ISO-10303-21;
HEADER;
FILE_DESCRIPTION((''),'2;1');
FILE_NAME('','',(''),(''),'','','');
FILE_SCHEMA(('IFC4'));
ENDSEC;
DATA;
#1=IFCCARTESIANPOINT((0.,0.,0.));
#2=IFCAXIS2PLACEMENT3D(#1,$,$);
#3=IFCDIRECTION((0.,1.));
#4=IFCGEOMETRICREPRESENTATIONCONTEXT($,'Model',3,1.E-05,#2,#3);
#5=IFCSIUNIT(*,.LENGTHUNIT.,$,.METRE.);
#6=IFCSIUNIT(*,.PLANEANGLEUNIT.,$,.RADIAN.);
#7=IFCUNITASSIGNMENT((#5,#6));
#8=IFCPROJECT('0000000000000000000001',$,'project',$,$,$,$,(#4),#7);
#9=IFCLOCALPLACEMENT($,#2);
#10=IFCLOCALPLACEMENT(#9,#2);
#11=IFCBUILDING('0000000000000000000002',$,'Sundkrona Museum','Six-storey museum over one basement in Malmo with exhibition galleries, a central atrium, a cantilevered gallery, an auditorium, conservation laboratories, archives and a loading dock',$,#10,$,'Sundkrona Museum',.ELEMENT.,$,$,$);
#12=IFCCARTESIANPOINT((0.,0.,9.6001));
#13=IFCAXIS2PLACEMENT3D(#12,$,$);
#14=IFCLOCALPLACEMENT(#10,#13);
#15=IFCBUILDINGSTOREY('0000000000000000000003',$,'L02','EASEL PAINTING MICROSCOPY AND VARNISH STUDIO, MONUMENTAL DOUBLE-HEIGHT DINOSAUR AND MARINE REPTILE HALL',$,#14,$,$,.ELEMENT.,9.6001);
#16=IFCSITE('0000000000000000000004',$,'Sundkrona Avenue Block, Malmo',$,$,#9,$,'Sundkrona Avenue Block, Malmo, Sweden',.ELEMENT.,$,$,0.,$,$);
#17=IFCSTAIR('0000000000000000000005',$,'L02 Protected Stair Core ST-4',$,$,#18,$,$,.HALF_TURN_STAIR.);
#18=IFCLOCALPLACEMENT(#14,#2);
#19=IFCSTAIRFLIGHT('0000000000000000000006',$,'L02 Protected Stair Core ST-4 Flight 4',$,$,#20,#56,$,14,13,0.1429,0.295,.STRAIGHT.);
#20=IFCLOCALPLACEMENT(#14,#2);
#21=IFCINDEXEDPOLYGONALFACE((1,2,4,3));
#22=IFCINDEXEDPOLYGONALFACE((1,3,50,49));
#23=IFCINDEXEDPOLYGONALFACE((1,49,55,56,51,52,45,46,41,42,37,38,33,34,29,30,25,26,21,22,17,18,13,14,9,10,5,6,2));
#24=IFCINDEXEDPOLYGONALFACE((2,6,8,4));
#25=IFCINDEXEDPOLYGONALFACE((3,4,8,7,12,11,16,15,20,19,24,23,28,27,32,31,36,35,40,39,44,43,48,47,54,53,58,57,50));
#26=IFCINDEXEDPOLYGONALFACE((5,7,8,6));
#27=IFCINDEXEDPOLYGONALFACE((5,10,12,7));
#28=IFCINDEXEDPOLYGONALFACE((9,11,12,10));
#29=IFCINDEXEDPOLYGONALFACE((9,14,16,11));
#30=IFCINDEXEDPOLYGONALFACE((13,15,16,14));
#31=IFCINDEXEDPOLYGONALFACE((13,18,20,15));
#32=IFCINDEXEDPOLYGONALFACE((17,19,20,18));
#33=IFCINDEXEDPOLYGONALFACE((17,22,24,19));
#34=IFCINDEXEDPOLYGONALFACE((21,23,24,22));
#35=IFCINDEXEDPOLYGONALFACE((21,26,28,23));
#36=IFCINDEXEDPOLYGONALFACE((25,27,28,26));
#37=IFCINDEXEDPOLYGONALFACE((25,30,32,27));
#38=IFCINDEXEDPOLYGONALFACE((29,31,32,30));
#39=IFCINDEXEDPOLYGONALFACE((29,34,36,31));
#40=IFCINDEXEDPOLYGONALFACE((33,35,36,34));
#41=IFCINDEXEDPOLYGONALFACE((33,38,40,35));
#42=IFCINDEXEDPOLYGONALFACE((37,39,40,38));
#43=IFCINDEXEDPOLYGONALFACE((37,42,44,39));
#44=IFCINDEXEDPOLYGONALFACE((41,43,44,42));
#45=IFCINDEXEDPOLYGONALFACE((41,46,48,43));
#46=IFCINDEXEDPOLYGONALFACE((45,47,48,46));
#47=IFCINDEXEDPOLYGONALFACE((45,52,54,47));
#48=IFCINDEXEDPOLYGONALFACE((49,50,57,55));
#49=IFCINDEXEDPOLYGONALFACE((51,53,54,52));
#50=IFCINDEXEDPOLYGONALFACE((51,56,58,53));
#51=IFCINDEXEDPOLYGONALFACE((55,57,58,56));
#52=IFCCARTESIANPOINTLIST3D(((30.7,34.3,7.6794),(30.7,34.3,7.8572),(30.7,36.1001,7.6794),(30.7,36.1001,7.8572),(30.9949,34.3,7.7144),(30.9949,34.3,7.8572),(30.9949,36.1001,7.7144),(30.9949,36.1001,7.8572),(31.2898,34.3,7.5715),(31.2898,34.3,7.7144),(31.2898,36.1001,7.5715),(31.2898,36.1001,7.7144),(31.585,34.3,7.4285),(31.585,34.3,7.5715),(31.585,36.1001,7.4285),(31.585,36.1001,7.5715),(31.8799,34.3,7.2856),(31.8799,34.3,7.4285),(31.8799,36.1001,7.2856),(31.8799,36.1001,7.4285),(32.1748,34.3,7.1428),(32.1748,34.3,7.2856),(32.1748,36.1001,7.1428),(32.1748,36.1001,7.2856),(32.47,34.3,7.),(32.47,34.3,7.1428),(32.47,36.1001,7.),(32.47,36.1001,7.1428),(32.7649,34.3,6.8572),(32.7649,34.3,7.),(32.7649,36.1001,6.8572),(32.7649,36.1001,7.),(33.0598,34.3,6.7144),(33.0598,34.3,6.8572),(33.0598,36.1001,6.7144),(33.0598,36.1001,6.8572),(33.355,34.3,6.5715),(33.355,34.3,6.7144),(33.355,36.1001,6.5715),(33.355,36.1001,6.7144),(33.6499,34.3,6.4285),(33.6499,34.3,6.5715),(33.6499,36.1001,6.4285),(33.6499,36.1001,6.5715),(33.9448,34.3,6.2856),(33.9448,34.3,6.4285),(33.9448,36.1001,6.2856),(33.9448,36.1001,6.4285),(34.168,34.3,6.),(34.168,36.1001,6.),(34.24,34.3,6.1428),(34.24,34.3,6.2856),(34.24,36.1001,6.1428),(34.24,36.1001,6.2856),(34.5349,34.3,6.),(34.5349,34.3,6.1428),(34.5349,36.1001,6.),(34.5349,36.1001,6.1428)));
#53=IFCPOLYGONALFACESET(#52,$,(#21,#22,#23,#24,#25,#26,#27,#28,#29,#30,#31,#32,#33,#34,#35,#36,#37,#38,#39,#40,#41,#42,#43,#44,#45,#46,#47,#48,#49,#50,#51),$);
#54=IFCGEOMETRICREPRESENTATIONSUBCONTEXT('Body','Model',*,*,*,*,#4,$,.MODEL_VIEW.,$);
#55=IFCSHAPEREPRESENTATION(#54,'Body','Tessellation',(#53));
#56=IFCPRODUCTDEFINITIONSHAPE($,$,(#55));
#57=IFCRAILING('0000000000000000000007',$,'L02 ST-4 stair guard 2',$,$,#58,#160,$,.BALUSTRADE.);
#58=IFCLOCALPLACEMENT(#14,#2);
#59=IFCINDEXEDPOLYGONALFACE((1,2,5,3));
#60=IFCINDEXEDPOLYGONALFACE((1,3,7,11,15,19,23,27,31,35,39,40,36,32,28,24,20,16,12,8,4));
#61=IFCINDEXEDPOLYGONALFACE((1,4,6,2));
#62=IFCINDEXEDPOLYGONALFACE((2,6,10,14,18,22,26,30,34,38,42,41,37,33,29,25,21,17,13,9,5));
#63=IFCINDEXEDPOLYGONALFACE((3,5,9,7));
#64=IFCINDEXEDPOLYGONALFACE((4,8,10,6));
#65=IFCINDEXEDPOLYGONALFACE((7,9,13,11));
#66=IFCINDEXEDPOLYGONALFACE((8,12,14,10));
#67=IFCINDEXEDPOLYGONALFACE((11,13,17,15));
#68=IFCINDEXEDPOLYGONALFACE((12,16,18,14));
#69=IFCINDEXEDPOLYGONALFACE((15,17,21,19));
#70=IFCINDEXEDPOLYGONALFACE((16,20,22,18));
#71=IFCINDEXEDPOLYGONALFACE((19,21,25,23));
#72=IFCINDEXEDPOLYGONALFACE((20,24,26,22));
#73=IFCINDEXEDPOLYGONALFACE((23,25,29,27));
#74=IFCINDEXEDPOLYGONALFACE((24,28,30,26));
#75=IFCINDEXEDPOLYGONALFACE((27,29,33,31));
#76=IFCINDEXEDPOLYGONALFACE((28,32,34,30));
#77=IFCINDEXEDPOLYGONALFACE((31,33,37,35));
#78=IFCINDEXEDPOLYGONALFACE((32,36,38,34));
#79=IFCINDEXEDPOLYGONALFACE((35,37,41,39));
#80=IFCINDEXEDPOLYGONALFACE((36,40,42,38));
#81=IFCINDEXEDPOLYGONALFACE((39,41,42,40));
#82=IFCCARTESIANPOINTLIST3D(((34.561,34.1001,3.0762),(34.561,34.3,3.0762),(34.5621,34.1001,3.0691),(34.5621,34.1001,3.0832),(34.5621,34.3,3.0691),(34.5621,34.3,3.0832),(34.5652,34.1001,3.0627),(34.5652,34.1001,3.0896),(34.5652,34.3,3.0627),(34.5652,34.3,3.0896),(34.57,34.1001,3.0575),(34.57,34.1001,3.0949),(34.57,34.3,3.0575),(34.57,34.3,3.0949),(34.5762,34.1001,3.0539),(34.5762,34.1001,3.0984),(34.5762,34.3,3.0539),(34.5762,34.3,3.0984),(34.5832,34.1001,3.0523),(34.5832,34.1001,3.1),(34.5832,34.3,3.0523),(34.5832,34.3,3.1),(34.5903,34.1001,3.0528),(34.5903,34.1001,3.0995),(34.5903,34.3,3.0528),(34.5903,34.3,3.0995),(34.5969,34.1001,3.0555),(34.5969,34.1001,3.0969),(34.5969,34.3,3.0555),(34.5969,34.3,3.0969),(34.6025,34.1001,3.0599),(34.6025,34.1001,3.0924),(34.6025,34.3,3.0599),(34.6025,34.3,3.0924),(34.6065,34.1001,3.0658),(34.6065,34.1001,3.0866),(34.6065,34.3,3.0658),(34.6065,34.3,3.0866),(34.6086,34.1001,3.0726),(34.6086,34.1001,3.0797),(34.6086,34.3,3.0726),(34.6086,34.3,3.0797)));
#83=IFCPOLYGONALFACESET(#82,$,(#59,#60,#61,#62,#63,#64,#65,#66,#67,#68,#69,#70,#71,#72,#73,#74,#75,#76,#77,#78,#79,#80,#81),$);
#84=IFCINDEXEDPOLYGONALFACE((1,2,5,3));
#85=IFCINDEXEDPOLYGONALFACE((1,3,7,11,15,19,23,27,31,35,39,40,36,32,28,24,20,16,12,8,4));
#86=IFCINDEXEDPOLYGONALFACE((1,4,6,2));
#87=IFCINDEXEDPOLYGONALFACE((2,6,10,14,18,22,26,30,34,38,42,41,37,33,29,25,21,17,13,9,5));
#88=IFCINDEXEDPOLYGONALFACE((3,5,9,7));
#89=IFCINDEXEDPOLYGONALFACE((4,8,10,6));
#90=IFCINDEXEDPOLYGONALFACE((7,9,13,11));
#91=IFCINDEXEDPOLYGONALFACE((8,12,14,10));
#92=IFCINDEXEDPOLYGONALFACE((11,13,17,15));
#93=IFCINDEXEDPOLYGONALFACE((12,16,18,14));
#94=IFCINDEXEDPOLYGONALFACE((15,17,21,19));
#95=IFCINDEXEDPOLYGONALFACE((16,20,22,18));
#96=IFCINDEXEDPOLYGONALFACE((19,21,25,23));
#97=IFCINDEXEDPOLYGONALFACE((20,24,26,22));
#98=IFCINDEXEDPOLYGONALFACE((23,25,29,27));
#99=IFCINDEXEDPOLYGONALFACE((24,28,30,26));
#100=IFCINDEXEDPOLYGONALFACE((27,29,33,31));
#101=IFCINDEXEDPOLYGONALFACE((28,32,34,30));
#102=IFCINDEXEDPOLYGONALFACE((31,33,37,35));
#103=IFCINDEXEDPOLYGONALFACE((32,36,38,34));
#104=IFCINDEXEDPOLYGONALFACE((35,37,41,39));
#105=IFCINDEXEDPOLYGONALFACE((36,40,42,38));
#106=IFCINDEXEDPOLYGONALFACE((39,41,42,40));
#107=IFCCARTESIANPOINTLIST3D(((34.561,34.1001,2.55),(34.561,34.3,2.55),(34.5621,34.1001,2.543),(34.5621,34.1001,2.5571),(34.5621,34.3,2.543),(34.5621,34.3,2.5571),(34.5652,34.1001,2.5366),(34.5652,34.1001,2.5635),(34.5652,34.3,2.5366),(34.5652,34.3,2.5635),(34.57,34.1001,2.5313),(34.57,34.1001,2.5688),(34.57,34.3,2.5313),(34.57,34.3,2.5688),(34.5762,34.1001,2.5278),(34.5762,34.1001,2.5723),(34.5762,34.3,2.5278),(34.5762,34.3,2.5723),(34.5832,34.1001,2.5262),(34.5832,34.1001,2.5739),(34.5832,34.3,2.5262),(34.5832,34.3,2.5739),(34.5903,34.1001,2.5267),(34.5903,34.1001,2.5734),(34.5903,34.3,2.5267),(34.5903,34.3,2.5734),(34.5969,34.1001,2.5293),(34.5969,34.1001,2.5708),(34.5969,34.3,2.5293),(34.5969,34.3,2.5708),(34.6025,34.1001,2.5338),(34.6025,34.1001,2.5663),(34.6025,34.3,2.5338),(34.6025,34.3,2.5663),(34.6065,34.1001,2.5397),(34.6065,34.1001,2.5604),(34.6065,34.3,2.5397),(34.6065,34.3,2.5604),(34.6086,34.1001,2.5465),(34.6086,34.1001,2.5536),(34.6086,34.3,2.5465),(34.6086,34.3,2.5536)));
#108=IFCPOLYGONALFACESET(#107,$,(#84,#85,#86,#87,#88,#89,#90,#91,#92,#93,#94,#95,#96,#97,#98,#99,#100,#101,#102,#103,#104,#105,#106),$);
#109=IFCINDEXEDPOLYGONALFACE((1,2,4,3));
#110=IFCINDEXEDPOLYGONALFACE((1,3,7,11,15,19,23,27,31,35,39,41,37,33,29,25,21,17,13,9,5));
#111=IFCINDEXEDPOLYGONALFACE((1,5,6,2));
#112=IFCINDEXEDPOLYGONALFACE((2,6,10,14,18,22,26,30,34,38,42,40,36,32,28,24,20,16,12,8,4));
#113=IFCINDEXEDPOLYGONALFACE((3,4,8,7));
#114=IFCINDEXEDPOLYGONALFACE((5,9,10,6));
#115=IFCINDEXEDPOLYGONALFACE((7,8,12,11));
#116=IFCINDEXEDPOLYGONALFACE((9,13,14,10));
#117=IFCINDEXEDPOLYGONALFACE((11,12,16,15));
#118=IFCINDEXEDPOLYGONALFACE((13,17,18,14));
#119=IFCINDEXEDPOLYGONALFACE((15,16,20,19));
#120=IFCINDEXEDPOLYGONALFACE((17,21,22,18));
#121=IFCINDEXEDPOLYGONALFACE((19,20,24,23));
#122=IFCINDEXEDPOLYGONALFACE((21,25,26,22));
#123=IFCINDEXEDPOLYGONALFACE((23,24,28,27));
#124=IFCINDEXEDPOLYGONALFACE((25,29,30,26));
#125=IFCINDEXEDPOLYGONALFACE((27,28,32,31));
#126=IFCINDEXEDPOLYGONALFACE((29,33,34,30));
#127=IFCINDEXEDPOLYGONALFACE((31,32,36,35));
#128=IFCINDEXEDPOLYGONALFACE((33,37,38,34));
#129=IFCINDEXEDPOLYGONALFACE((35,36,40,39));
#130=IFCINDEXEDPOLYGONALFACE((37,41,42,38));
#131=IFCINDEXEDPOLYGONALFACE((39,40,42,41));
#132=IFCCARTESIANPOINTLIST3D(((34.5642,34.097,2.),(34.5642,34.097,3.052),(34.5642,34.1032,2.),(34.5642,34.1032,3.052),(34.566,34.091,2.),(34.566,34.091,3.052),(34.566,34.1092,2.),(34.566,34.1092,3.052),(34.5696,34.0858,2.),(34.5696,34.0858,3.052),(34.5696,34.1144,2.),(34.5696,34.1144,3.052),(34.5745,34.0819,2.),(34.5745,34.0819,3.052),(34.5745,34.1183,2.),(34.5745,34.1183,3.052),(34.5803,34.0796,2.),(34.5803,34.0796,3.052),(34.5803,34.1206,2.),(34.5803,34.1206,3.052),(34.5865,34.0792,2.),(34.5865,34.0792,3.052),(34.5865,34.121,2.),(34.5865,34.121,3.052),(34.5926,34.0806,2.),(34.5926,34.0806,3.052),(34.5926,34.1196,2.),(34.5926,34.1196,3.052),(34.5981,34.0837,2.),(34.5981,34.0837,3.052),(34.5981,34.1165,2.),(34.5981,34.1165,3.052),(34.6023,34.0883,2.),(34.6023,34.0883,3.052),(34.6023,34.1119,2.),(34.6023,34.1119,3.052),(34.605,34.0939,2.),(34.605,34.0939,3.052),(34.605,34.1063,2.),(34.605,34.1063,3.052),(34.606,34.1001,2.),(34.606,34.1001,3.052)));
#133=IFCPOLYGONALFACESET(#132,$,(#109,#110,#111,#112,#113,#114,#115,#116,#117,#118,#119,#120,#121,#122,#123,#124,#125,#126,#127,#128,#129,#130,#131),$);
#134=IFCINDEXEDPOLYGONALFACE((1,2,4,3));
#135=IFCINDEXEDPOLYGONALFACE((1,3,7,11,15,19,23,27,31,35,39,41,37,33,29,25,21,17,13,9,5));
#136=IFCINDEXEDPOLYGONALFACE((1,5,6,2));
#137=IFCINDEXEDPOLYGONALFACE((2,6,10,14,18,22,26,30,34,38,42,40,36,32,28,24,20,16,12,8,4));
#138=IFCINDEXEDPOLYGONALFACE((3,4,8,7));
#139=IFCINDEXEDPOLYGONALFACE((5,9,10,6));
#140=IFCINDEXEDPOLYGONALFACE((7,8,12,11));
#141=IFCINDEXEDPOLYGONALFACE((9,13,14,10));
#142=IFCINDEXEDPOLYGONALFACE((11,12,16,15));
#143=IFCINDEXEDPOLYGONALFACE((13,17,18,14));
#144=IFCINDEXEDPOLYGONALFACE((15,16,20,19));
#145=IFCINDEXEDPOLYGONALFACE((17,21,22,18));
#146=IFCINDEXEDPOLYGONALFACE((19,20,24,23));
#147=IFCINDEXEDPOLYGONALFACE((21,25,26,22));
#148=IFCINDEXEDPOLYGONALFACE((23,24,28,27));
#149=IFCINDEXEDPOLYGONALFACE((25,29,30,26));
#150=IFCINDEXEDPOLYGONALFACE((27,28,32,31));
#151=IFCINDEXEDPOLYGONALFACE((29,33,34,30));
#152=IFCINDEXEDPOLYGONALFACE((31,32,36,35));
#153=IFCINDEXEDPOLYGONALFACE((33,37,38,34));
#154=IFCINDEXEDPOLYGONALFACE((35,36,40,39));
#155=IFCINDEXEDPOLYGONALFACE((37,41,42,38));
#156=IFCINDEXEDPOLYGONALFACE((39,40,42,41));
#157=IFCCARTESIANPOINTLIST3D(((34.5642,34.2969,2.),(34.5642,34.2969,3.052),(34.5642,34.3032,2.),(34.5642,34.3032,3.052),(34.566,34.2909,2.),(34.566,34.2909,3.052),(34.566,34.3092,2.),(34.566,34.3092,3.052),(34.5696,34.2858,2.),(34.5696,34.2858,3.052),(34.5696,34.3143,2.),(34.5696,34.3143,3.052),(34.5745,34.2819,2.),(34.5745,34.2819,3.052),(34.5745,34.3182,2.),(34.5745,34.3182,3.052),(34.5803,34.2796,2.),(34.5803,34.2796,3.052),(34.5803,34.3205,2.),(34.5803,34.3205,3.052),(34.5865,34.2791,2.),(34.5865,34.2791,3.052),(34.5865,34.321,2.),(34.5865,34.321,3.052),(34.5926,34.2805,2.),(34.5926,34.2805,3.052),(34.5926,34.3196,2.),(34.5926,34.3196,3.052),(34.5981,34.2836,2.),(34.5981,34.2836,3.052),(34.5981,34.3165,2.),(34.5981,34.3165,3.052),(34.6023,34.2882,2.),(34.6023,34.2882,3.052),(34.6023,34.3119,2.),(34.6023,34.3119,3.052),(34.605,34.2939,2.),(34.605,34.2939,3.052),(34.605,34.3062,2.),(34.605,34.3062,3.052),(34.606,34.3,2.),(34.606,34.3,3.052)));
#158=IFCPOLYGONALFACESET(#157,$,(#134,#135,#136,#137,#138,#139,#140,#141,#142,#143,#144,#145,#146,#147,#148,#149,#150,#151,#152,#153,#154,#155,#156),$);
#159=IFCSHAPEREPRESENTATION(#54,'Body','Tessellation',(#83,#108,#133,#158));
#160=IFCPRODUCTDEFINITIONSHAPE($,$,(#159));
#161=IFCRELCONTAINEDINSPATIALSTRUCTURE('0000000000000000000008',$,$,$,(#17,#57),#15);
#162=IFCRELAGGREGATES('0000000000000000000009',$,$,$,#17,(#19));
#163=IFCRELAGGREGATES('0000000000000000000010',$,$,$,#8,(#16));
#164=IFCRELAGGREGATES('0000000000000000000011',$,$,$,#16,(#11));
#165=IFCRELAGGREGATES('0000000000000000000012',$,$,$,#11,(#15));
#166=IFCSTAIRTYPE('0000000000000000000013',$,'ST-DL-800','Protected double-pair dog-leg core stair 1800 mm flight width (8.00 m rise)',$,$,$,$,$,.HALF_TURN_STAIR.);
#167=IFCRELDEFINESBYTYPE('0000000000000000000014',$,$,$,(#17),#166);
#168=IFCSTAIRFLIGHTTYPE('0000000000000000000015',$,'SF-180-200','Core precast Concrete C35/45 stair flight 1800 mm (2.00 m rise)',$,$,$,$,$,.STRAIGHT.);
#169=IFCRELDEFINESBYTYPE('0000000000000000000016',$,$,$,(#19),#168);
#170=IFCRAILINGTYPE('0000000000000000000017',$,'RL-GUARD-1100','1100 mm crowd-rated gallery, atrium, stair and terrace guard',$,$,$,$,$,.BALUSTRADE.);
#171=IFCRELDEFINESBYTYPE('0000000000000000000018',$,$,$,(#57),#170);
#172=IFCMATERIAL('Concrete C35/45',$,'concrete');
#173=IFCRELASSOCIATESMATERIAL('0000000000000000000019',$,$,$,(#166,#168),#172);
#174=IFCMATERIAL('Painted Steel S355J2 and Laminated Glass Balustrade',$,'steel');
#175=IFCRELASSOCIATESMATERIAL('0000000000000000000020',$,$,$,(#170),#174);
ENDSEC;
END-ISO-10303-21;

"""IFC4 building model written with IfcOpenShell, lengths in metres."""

from ifc_helpers import new_model, si_unit, direction, frame, origin, origin_2d, place, context, subcontext, project, spatial, polyline, circle, outline, extrude, material, type_object, element, aggregate, save


model = new_model("IFC4")

# Units and contexts
model_context = context("Model", 3, precision=1e-05, world=origin(), true_north=direction((0.0, 1.0)))
body_context = subcontext(model_context, "Body", "Model", "MODEL_VIEW")
ifc_project = project(units=[si_unit("LENGTHUNIT", "METRE"), si_unit("PLANEANGLEUNIT", "RADIAN")], contexts=[model_context])

# Site, building, storey
site_placement = place(None, origin())
site = spatial("IfcSite", under=ifc_project, at=site_placement, Name="Sundkrona Avenue Block, Malmo", LongName="Sundkrona Avenue Block, Malmo, Sweden", CompositionType="ELEMENT", RefElevation=0.0)
building_placement = place(site_placement, origin())
building = spatial("IfcBuilding", under=site, at=building_placement, Name="Sundkrona Museum", Description="Six-storey museum over one basement in Malmo with exhibition galleries, a central atrium, a cantilevered gallery, an auditorium, conservation laboratories, archives and a loading dock", LongName="Sundkrona Museum", CompositionType="ELEMENT")
storey_placement = place(building_placement, frame((0.0, 0.0, 9.6001)))
storey = spatial("IfcBuildingStorey", under=building, at=storey_placement, Name="L02", Description="EASEL PAINTING MICROSCOPY AND VARNISH STUDIO, MONUMENTAL DOUBLE-HEIGHT DINOSAUR AND MARINE REPTILE HALL", CompositionType="ELEMENT", Elevation=9.6001)

# Stair, stair flight
ifc_material_1 = material(Name="Concrete C35/45", Category="concrete")
stair_type = type_object("IfcStairType", Name="ST-DL-800", Description="Protected double-pair dog-leg core stair 1800 mm flight width (8.00 m rise)", PredefinedType="HALF_TURN_STAIR", material=ifc_material_1)
stair_placement = place(storey_placement, origin())
stair = element("IfcStair", 1, at=stair_placement, inside=storey, type_object=stair_type, Name="L02 Protected Stair Core ST-4", PredefinedType="HALF_TURN_STAIR")
stair_flight_type = type_object("IfcStairFlightType", Name="SF-180-200", Description="Core precast Concrete C35/45 stair flight 1800 mm (2.00 m rise)", PredefinedType="STRAIGHT", material=ifc_material_1)
stair_flight_1_placement = place(storey_placement, frame((34.5349, 35.2, 6.0), z_axis=(0.0, 0.0, 1.0), x_axis=(-1.0, 0.0, 0.0)))
stair_flight_1 = element("IfcStairFlight", 2, at=stair_flight_1_placement, type_object=stair_flight_type, Name="L02 Protected Stair Core ST-4 Flight 4", NumberOfRisers=14, NumberOfTreads=13, PredefinedType="STRAIGHT", RiserHeight=0.1429, TreadLength=0.295, context=body_context, shape_type="SweptSolid", body=[
    extrude(outline(polyline([(0.0, 0.0), (0.0, 0.1428), (0.2949, 0.1428), (0.2949, 0.2856), (0.5901, 0.2856), (0.5901, 0.4285), (0.885, 0.4285), (0.885, 0.5715), (1.1799, 0.5715), (1.1799, 0.7144), (1.4751, 0.7144), (1.4751, 0.8572), (1.77, 0.8572), (1.77, 1.0), (2.0649, 1.0), (2.0649, 1.1428), (2.3601, 1.1428), (2.3601, 1.2856), (2.655, 1.2856), (2.655, 1.4285), (2.95, 1.4285), (2.95, 1.5715), (3.2451, 1.5715), (3.2451, 1.7144), (3.54, 1.7144), (3.54, 1.8572), (3.835, 1.8572), (3.835, 2.0), (3.835, 1.6794), (0.3669, 0.0), (0.0, 0.0)])), frame((0.0, 0.8999, 0.0), z_axis=(0.0, -1.0, 0.0), x_axis=(1.0, 0.0, 0.0)), (0.0, 0.0, 1.0), 1.8),
])
aggregate(stair, [stair_flight_1])

# Railing
ifc_material_2 = material(Name="Painted Steel S355J2 and Laminated Glass Balustrade", Category="steel")
railing_type_1 = type_object("IfcRailingType", Name="RL-GUARD-1100", Description="1100 mm crowd-rated gallery, atrium, stair and terrace guard", PredefinedType="BALUSTRADE", material=ifc_material_2)
railing_1_placement = place(storey_placement, frame((34.585, 34.1001, 2.0)))
element("IfcRailing", 3, at=railing_1_placement, inside=storey, type_object=railing_type_1, Name="L02 ST-4 stair guard 2", PredefinedType="BALUSTRADE", context=body_context, shape_type="SweptSolid", body=[
    extrude(circle(Radius=0.0239, at=origin_2d()), frame((0.0, 0.0, 1.0762), z_axis=(0.0, 1.0, 0.0), x_axis=(-1.0, 0.0, 0.0)), (0.0, 0.0, 1.0), 0.2),
    extrude(circle(Radius=0.0239, at=origin_2d()), frame((0.0, 0.0, 0.55), z_axis=(0.0, 1.0, 0.0), x_axis=(-1.0, 0.0, 0.0)), (0.0, 0.0, 1.0), 0.2),
    extrude(circle(Radius=0.021, at=origin_2d()), origin(), (0.0, 0.0, 1.0), 1.052),
    extrude(circle(Radius=0.021, at=origin_2d()), frame((0.0, 0.2, 0.0)), (0.0, 0.0, 1.0), 1.052),
])

save(model, "model.ifc")
